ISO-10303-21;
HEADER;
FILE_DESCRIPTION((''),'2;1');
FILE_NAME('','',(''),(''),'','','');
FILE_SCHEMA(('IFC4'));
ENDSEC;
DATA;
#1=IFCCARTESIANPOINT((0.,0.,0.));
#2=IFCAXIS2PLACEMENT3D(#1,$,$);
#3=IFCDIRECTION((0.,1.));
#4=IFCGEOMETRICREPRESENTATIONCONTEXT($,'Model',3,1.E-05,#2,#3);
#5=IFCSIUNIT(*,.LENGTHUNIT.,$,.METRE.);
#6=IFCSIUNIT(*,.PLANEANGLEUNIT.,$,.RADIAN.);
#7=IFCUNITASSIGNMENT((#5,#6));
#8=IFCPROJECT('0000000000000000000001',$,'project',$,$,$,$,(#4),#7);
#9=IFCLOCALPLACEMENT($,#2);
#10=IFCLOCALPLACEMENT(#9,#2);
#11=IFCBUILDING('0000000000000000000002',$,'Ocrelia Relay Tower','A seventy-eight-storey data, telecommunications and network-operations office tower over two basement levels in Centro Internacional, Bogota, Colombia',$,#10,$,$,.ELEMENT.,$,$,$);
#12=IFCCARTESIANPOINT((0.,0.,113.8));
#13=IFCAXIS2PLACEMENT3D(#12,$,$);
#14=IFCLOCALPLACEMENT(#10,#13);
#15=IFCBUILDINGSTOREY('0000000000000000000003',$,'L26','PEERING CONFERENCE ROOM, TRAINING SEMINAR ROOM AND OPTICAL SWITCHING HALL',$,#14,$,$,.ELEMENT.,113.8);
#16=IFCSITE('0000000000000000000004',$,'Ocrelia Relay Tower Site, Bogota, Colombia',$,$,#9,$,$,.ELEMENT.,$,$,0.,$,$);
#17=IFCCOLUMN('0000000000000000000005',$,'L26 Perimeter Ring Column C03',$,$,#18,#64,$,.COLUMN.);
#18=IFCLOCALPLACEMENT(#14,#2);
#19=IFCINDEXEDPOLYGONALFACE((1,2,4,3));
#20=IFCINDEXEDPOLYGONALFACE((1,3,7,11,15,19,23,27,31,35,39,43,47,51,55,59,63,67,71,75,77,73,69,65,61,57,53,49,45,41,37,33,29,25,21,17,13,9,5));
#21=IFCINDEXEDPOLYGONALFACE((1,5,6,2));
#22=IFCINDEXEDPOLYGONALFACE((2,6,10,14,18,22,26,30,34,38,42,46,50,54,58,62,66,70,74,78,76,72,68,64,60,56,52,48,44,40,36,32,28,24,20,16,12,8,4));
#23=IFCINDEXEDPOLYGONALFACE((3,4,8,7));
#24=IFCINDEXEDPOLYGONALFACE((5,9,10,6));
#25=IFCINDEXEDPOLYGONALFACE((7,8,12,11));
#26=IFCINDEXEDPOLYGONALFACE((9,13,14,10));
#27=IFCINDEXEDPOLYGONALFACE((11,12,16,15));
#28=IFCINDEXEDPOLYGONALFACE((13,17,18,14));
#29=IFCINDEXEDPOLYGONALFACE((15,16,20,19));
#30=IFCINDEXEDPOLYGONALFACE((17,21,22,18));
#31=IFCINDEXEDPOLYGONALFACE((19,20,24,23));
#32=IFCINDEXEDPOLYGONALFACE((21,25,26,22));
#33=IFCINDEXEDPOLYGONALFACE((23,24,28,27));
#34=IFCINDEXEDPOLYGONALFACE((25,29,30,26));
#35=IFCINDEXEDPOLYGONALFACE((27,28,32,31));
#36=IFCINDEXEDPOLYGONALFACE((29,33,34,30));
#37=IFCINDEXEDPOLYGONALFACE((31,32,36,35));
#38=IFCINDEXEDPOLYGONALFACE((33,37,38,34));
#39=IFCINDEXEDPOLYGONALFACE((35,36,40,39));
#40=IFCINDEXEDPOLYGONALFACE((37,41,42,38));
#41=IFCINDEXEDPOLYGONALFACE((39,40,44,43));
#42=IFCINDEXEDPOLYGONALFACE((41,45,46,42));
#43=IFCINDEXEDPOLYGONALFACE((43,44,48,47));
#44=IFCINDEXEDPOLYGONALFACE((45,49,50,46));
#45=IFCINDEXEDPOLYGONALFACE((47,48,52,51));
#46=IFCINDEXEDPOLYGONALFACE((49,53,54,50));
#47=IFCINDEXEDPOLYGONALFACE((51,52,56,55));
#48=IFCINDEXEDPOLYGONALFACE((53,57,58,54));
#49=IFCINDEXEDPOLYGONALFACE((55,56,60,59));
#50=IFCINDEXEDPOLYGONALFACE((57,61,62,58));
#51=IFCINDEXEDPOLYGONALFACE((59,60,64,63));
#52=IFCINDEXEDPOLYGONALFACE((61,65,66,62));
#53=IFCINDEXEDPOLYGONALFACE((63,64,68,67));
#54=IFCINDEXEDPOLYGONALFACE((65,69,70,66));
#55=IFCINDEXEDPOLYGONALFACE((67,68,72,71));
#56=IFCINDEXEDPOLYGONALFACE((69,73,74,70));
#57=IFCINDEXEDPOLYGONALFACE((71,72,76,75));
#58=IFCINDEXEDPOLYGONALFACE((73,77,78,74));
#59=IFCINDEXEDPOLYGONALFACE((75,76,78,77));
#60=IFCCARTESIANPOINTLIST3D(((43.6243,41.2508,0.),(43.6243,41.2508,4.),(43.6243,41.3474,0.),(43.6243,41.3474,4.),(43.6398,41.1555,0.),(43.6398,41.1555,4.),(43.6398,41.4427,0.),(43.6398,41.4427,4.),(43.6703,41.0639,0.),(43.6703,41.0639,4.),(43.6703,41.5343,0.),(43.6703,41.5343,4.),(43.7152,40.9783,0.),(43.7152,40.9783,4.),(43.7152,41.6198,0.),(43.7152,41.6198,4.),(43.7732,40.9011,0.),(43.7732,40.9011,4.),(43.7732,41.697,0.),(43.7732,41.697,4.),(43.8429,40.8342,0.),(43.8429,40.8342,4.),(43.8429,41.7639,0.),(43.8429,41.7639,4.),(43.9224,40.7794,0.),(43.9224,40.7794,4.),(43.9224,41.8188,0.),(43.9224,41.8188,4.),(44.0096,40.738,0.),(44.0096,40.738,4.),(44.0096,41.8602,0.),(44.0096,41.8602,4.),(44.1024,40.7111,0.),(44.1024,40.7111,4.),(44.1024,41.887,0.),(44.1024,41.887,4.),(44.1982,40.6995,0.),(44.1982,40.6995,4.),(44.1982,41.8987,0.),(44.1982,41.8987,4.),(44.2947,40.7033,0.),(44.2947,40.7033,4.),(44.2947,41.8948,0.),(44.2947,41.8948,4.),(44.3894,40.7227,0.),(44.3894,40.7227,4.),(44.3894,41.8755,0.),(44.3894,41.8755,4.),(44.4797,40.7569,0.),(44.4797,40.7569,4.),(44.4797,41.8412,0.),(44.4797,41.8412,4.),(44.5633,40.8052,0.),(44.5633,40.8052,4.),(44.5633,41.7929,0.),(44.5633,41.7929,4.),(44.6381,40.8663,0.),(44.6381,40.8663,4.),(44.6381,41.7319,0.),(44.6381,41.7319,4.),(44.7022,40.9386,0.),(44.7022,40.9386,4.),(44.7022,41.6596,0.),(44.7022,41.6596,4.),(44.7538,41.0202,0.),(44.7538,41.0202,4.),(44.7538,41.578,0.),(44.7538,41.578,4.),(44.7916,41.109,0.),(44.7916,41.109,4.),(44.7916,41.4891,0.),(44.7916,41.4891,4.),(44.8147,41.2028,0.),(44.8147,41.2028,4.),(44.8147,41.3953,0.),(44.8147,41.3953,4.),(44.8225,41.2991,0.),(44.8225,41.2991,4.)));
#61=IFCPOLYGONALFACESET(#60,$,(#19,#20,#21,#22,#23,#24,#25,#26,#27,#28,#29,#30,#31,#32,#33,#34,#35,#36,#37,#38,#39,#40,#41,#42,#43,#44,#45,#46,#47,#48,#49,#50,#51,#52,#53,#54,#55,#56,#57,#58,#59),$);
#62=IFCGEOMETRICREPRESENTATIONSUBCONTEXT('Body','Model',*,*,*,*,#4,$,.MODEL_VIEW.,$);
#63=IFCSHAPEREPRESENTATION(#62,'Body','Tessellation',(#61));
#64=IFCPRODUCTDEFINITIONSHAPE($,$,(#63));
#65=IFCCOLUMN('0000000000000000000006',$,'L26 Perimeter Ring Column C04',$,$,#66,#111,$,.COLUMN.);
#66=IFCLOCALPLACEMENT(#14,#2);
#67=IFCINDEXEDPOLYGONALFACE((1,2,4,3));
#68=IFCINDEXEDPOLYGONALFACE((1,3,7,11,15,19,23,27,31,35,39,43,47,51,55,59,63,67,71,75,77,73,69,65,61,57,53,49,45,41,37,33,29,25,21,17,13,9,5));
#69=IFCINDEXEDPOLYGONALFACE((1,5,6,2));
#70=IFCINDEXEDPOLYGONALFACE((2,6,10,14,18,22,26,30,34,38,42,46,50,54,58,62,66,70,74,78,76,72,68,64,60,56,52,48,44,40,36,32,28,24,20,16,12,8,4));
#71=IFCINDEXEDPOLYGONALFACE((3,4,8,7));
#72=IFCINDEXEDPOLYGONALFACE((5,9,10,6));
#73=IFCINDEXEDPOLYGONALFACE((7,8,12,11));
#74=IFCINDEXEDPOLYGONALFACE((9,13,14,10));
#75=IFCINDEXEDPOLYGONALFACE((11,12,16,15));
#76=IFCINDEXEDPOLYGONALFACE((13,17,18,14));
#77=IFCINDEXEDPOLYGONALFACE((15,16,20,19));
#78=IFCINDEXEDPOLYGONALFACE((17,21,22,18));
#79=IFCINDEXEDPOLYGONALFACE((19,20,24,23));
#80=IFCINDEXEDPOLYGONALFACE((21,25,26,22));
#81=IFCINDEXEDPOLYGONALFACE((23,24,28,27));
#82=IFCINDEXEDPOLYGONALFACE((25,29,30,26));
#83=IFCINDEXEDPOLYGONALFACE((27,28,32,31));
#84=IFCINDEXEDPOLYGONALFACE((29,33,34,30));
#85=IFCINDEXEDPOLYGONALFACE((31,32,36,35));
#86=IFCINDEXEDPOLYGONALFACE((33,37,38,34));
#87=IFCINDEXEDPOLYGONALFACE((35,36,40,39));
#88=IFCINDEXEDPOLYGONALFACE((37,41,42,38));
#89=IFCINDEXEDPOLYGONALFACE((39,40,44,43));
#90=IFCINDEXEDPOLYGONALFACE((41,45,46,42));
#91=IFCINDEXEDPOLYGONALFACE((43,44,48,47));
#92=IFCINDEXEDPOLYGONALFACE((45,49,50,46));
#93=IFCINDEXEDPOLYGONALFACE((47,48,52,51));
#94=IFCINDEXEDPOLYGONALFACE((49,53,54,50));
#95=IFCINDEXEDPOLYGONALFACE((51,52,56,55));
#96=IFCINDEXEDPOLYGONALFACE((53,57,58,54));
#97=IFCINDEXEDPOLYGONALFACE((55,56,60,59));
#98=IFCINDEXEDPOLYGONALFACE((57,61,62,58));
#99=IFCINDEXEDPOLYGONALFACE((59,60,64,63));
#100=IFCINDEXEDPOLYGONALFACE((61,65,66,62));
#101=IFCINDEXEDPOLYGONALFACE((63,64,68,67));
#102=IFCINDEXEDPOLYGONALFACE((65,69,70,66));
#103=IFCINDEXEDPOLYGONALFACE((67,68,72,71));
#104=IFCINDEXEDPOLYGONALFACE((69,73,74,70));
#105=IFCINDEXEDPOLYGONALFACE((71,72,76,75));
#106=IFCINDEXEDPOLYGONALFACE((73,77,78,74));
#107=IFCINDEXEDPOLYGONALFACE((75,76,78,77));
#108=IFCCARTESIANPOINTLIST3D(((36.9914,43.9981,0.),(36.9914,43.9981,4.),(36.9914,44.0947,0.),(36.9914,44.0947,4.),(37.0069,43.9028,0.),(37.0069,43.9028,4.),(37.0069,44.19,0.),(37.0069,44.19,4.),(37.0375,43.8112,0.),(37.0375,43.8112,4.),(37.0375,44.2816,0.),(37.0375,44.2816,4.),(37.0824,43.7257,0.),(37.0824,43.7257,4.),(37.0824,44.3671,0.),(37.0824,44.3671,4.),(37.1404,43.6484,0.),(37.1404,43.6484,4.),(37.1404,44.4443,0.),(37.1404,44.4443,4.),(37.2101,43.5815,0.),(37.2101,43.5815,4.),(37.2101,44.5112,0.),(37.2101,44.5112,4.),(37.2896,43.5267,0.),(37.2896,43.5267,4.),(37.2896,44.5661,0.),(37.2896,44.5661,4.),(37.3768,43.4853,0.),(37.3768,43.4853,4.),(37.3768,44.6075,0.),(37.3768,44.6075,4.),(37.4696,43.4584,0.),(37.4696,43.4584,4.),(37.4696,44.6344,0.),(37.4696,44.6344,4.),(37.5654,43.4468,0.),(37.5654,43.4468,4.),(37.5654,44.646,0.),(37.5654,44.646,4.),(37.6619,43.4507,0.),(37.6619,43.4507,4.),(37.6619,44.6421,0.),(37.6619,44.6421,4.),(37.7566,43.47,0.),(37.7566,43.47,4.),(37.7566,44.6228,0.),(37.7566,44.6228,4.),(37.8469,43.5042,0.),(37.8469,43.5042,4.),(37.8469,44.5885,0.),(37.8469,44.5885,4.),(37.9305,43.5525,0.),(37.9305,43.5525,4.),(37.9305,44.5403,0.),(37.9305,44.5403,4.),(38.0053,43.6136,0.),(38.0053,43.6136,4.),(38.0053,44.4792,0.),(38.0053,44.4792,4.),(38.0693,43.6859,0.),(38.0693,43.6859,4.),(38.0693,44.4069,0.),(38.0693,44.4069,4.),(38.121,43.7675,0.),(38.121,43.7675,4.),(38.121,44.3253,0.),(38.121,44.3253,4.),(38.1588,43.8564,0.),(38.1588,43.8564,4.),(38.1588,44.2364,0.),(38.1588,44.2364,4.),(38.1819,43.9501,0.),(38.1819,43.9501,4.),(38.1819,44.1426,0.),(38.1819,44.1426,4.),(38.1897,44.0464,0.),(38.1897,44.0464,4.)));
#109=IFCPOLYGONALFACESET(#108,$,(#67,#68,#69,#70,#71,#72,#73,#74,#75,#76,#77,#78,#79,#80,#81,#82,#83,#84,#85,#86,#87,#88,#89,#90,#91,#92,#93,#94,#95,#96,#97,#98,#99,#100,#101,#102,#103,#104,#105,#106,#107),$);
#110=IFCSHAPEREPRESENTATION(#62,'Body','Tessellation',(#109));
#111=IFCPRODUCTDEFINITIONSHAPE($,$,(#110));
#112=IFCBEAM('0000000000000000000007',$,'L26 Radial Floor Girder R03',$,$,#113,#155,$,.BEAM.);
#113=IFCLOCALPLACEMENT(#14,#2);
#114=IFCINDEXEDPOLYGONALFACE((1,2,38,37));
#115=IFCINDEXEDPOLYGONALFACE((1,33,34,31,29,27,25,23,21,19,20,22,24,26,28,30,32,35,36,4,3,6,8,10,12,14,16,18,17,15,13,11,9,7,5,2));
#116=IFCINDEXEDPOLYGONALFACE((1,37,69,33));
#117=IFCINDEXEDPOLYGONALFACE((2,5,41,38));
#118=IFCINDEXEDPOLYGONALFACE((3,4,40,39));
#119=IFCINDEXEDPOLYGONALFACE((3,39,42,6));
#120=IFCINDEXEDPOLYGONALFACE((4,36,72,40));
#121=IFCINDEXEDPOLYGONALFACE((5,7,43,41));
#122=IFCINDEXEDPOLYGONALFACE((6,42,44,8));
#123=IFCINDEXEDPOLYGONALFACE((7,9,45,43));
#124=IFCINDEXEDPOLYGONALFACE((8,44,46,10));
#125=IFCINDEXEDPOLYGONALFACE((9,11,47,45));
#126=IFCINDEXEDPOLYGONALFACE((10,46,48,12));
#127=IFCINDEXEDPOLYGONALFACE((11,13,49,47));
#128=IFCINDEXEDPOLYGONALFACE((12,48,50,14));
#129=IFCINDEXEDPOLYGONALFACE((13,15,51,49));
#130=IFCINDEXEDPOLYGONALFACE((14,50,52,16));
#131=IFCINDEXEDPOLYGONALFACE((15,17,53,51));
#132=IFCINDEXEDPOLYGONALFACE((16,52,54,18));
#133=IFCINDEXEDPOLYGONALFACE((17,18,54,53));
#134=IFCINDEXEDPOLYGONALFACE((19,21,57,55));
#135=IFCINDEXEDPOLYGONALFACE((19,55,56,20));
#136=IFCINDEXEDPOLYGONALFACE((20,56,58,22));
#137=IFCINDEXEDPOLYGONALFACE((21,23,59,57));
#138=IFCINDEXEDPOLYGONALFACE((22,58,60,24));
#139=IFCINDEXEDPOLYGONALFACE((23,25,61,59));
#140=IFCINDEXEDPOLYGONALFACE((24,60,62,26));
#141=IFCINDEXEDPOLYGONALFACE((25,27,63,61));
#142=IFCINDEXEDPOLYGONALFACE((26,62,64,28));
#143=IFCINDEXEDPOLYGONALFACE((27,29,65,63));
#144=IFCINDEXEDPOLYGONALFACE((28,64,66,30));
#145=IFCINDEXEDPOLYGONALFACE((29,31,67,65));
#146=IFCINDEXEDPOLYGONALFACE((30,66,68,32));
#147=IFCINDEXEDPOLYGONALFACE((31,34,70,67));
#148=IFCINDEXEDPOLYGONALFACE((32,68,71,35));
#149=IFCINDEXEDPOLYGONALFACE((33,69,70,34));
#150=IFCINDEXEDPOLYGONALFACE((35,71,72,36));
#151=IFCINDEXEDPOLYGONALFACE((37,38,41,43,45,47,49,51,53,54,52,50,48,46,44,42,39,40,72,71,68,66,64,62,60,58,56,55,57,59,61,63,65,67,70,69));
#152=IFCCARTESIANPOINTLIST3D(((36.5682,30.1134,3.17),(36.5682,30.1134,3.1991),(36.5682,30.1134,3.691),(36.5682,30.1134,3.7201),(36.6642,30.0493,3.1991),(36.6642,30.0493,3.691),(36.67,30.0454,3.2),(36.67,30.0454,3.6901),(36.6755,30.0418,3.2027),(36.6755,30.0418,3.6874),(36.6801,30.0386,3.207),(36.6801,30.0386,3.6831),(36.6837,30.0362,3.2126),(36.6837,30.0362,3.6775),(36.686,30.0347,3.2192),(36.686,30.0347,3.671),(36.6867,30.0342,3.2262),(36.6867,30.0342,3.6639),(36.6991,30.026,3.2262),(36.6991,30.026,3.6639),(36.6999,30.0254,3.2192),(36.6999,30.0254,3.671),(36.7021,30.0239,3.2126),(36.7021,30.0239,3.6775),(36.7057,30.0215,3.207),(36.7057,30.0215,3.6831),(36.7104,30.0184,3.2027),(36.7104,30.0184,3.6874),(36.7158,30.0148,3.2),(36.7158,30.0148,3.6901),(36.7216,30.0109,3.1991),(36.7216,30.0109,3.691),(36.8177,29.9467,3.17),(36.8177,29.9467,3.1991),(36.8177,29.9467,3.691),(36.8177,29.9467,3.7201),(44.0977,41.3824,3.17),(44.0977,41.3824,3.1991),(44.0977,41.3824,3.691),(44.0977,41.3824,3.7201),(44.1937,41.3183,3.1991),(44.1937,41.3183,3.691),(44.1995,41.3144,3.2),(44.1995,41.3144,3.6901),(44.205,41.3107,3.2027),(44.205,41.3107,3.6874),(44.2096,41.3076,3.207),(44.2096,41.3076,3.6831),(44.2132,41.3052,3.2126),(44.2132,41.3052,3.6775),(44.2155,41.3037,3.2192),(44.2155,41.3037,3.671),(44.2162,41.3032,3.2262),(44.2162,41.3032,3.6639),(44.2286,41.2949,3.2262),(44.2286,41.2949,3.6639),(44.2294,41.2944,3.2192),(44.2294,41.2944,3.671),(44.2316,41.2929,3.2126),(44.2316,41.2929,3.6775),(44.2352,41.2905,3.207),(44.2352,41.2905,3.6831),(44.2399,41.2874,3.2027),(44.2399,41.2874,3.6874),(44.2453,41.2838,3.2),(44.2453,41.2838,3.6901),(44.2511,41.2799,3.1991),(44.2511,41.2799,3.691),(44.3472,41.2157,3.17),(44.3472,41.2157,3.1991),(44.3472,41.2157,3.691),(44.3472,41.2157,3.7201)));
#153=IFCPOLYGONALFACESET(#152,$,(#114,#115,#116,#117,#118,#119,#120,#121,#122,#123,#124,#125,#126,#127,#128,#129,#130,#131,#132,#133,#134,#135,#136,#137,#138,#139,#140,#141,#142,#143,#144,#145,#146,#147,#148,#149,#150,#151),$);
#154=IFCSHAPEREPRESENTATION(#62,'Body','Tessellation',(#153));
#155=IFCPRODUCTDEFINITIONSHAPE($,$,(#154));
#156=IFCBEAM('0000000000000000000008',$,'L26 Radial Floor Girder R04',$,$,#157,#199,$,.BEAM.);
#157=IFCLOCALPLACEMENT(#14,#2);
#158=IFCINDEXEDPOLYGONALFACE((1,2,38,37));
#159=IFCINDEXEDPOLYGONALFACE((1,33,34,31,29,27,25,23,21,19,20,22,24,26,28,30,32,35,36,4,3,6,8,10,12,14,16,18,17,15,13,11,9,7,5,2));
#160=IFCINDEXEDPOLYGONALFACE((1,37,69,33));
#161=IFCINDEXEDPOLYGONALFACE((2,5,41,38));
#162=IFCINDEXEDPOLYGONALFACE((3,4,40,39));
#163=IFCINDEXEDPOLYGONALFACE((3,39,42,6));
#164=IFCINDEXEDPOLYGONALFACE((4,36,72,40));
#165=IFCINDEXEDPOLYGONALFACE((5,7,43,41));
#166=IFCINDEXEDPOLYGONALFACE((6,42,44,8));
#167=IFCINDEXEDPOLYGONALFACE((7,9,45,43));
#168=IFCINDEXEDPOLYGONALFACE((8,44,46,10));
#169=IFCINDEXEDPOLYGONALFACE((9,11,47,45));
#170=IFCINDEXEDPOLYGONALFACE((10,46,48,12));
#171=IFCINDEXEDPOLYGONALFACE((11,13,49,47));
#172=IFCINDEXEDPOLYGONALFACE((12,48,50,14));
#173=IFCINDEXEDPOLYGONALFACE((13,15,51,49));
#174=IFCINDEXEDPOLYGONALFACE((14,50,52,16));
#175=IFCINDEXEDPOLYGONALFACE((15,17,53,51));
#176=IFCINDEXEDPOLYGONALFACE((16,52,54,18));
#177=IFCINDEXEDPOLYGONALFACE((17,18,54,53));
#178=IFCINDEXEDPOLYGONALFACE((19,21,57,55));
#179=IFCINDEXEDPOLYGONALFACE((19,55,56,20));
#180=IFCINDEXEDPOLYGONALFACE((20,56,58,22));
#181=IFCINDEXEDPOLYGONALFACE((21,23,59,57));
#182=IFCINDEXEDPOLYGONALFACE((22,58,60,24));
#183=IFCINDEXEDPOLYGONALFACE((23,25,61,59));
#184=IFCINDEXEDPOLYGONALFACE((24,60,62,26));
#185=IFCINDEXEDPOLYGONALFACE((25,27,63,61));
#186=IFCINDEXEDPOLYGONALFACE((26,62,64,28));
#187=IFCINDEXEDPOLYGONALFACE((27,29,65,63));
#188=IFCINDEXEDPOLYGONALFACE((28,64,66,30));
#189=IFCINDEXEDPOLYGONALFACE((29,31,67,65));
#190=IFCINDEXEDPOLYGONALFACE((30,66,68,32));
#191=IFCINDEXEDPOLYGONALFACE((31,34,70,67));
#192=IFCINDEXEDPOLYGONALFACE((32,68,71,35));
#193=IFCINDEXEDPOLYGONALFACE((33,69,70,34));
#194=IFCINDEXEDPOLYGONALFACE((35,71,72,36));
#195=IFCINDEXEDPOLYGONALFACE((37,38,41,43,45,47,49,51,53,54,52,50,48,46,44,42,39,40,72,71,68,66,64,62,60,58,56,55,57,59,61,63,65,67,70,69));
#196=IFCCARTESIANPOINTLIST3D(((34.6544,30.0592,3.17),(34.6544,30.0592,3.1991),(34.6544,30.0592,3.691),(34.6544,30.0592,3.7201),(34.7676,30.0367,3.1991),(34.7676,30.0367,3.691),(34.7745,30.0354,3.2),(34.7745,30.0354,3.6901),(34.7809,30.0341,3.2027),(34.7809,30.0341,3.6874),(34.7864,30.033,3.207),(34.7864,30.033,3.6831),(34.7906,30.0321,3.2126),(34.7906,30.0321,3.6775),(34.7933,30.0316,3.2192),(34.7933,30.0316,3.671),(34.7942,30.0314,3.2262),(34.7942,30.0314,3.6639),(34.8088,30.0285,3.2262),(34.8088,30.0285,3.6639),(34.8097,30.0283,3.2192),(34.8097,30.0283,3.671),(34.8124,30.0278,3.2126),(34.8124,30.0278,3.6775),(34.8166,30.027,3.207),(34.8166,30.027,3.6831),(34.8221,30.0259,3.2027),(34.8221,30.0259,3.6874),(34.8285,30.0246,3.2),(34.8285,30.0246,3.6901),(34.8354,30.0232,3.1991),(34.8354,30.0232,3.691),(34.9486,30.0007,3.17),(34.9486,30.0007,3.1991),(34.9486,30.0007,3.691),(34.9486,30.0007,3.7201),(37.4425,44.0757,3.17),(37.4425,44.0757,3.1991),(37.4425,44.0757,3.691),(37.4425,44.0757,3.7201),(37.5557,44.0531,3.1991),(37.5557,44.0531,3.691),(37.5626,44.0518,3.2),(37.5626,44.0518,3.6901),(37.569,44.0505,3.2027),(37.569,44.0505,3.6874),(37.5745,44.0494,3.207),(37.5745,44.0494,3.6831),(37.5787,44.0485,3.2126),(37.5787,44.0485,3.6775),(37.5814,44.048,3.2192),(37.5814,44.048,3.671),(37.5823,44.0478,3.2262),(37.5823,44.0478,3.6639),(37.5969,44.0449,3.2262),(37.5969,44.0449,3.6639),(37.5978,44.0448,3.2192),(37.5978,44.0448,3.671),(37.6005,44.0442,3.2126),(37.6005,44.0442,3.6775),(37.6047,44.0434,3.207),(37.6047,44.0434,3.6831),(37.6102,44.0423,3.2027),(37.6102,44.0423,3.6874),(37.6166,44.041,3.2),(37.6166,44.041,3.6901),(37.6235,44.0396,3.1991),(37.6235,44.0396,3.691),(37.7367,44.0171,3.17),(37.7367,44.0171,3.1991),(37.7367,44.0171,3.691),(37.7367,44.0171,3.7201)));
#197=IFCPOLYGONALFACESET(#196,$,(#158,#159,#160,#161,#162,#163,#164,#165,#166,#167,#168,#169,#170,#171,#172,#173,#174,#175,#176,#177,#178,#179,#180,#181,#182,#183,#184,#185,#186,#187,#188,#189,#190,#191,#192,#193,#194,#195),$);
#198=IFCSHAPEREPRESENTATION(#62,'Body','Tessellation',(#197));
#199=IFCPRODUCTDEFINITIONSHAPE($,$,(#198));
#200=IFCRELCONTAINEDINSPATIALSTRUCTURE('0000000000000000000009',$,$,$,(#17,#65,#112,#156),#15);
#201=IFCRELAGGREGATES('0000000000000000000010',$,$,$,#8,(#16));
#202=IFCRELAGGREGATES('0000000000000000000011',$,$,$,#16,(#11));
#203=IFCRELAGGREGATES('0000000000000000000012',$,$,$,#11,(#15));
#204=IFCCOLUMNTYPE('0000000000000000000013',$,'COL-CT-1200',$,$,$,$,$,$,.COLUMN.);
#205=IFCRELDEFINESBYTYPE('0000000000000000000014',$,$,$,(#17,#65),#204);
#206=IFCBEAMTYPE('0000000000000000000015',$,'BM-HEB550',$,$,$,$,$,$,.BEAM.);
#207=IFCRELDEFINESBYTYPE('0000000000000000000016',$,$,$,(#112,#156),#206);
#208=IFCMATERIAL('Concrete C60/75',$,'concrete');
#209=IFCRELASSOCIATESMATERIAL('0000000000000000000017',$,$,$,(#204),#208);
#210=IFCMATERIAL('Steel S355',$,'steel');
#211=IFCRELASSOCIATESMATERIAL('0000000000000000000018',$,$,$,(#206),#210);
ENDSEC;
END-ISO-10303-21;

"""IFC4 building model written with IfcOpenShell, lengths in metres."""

from ifc_helpers import new_model, si_unit, direction, frame, origin, origin_2d, place, context, subcontext, project, spatial, circle, i_section, extrude, material, material_profile, profile_set, type_object, element, save


model = new_model("IFC4")

# Units and contexts
model_context = context("Model", 3, precision=1e-05, world=origin(), true_north=direction((0.0, 1.0)))
body_context = subcontext(model_context, "Body", "Model", "MODEL_VIEW")
ifc_project = project(units=[si_unit("LENGTHUNIT", "METRE"), si_unit("PLANEANGLEUNIT", "RADIAN")], contexts=[model_context])

# Site, building, storey
site_placement = place(None, origin())
site = spatial("IfcSite", under=ifc_project, at=site_placement, Name="Ocrelia Relay Tower Site, Bogota, Colombia", CompositionType="ELEMENT", RefElevation=0.0)
building_placement = place(site_placement, origin())
building = spatial("IfcBuilding", under=site, at=building_placement, Name="Ocrelia Relay Tower", Description="A seventy-eight-storey data, telecommunications and network-operations office tower over two basement levels in Centro Internacional, Bogota, Colombia", CompositionType="ELEMENT")
storey_placement = place(building_placement, frame((0.0, 0.0, 113.8)))
storey = spatial("IfcBuildingStorey", under=building, at=storey_placement, Name="L26", Description="PEERING CONFERENCE ROOM, TRAINING SEMINAR ROOM AND OPTICAL SWITCHING HALL", CompositionType="ELEMENT", Elevation=113.8)

# Columns
ifc_material_1 = material(Name="Concrete C60/75", Category="concrete")
ifc_material_profile_1 = material_profile(ifc_material_1, circle(Radius=0.6001, at=origin_2d()), Name="RC-CIR-1200")
ifc_profile_set_1 = profile_set([ifc_material_profile_1], Name="Concrete C60/75")
column_type = type_object("IfcColumnType", Name="COL-CT-1200", PredefinedType="COLUMN", material=ifc_profile_set_1)
for number, where, z_axis, x_axis, name in (
    (1, (44.2224, 41.2991, 0.0), (0.0, 0.0, 1.0), (1.0, 0.0, 0.0), "L26 Perimeter Ring Column C03"),
    (2, (37.5896, 44.0464, 0.0), (0.0, 0.0, 1.0), (1.0, 0.0, 0.0), "L26 Perimeter Ring Column C04"),
):
    element("IfcColumn", number, at=place(storey_placement, frame(where, z_axis=z_axis, x_axis=x_axis)), inside=storey, type_object=column_type, Name=name, PredefinedType="COLUMN", context=body_context, shape_type="SweptSolid", body=[
        extrude(circle(Radius=0.6001, at=origin_2d()), origin(), (0.0, 0.0, 1.0), 4.0),
    ])

# Beams
ifc_material_2 = material(Name="Steel S355", Category="steel")
ifc_material_profile_2 = material_profile(ifc_material_2, i_section(OverallWidth=0.3, OverallDepth=0.55, WebThickness=0.0149, FlangeThickness=0.0291, FilletRadius=0.0271, at=origin_2d()), Name="HEB 550")
ifc_profile_set_2 = profile_set([ifc_material_profile_2], Name="Steel S355")
beam_type_1 = type_object("IfcBeamType", Name="BM-HEB550", PredefinedType="BEAM", material=ifc_profile_set_2)
beam_1_placement = place(storey_placement, frame((44.2224, 41.2991, 3.4451), z_axis=(-0.55556, -0.831476, 0.0), x_axis=(0.831476, -0.55556, 0.0)))
element("IfcBeam", 3, at=beam_1_placement, inside=storey, type_object=beam_type_1, Name="L26 Radial Floor Girder R03", PredefinedType="BEAM", context=body_context, shape_type="SweptSolid", body=[
    extrude(i_section(OverallWidth=0.3, OverallDepth=0.55, WebThickness=0.0149, FlangeThickness=0.0291, FilletRadius=0.0271, at=origin_2d()), origin(), (0.0, 0.0, 1.0), 13.553),
])
beam_2_placement = place(storey_placement, frame((37.5896, 44.0464, 3.4451), z_axis=(-0.195094, -0.980784, 0.0), x_axis=(0.980784, -0.195094, 0.0)))
element("IfcBeam", 4, at=beam_2_placement, inside=storey, type_object=beam_type_1, Name="L26 Radial Floor Girder R04", PredefinedType="BEAM", context=body_context, shape_type="SweptSolid", body=[
    extrude(i_section(OverallWidth=0.3, OverallDepth=0.55, WebThickness=0.0149, FlangeThickness=0.0291, FilletRadius=0.0271, at=origin_2d()), origin(), (0.0, 0.0, 1.0), 14.291),
])

save(model, "model.ifc")
